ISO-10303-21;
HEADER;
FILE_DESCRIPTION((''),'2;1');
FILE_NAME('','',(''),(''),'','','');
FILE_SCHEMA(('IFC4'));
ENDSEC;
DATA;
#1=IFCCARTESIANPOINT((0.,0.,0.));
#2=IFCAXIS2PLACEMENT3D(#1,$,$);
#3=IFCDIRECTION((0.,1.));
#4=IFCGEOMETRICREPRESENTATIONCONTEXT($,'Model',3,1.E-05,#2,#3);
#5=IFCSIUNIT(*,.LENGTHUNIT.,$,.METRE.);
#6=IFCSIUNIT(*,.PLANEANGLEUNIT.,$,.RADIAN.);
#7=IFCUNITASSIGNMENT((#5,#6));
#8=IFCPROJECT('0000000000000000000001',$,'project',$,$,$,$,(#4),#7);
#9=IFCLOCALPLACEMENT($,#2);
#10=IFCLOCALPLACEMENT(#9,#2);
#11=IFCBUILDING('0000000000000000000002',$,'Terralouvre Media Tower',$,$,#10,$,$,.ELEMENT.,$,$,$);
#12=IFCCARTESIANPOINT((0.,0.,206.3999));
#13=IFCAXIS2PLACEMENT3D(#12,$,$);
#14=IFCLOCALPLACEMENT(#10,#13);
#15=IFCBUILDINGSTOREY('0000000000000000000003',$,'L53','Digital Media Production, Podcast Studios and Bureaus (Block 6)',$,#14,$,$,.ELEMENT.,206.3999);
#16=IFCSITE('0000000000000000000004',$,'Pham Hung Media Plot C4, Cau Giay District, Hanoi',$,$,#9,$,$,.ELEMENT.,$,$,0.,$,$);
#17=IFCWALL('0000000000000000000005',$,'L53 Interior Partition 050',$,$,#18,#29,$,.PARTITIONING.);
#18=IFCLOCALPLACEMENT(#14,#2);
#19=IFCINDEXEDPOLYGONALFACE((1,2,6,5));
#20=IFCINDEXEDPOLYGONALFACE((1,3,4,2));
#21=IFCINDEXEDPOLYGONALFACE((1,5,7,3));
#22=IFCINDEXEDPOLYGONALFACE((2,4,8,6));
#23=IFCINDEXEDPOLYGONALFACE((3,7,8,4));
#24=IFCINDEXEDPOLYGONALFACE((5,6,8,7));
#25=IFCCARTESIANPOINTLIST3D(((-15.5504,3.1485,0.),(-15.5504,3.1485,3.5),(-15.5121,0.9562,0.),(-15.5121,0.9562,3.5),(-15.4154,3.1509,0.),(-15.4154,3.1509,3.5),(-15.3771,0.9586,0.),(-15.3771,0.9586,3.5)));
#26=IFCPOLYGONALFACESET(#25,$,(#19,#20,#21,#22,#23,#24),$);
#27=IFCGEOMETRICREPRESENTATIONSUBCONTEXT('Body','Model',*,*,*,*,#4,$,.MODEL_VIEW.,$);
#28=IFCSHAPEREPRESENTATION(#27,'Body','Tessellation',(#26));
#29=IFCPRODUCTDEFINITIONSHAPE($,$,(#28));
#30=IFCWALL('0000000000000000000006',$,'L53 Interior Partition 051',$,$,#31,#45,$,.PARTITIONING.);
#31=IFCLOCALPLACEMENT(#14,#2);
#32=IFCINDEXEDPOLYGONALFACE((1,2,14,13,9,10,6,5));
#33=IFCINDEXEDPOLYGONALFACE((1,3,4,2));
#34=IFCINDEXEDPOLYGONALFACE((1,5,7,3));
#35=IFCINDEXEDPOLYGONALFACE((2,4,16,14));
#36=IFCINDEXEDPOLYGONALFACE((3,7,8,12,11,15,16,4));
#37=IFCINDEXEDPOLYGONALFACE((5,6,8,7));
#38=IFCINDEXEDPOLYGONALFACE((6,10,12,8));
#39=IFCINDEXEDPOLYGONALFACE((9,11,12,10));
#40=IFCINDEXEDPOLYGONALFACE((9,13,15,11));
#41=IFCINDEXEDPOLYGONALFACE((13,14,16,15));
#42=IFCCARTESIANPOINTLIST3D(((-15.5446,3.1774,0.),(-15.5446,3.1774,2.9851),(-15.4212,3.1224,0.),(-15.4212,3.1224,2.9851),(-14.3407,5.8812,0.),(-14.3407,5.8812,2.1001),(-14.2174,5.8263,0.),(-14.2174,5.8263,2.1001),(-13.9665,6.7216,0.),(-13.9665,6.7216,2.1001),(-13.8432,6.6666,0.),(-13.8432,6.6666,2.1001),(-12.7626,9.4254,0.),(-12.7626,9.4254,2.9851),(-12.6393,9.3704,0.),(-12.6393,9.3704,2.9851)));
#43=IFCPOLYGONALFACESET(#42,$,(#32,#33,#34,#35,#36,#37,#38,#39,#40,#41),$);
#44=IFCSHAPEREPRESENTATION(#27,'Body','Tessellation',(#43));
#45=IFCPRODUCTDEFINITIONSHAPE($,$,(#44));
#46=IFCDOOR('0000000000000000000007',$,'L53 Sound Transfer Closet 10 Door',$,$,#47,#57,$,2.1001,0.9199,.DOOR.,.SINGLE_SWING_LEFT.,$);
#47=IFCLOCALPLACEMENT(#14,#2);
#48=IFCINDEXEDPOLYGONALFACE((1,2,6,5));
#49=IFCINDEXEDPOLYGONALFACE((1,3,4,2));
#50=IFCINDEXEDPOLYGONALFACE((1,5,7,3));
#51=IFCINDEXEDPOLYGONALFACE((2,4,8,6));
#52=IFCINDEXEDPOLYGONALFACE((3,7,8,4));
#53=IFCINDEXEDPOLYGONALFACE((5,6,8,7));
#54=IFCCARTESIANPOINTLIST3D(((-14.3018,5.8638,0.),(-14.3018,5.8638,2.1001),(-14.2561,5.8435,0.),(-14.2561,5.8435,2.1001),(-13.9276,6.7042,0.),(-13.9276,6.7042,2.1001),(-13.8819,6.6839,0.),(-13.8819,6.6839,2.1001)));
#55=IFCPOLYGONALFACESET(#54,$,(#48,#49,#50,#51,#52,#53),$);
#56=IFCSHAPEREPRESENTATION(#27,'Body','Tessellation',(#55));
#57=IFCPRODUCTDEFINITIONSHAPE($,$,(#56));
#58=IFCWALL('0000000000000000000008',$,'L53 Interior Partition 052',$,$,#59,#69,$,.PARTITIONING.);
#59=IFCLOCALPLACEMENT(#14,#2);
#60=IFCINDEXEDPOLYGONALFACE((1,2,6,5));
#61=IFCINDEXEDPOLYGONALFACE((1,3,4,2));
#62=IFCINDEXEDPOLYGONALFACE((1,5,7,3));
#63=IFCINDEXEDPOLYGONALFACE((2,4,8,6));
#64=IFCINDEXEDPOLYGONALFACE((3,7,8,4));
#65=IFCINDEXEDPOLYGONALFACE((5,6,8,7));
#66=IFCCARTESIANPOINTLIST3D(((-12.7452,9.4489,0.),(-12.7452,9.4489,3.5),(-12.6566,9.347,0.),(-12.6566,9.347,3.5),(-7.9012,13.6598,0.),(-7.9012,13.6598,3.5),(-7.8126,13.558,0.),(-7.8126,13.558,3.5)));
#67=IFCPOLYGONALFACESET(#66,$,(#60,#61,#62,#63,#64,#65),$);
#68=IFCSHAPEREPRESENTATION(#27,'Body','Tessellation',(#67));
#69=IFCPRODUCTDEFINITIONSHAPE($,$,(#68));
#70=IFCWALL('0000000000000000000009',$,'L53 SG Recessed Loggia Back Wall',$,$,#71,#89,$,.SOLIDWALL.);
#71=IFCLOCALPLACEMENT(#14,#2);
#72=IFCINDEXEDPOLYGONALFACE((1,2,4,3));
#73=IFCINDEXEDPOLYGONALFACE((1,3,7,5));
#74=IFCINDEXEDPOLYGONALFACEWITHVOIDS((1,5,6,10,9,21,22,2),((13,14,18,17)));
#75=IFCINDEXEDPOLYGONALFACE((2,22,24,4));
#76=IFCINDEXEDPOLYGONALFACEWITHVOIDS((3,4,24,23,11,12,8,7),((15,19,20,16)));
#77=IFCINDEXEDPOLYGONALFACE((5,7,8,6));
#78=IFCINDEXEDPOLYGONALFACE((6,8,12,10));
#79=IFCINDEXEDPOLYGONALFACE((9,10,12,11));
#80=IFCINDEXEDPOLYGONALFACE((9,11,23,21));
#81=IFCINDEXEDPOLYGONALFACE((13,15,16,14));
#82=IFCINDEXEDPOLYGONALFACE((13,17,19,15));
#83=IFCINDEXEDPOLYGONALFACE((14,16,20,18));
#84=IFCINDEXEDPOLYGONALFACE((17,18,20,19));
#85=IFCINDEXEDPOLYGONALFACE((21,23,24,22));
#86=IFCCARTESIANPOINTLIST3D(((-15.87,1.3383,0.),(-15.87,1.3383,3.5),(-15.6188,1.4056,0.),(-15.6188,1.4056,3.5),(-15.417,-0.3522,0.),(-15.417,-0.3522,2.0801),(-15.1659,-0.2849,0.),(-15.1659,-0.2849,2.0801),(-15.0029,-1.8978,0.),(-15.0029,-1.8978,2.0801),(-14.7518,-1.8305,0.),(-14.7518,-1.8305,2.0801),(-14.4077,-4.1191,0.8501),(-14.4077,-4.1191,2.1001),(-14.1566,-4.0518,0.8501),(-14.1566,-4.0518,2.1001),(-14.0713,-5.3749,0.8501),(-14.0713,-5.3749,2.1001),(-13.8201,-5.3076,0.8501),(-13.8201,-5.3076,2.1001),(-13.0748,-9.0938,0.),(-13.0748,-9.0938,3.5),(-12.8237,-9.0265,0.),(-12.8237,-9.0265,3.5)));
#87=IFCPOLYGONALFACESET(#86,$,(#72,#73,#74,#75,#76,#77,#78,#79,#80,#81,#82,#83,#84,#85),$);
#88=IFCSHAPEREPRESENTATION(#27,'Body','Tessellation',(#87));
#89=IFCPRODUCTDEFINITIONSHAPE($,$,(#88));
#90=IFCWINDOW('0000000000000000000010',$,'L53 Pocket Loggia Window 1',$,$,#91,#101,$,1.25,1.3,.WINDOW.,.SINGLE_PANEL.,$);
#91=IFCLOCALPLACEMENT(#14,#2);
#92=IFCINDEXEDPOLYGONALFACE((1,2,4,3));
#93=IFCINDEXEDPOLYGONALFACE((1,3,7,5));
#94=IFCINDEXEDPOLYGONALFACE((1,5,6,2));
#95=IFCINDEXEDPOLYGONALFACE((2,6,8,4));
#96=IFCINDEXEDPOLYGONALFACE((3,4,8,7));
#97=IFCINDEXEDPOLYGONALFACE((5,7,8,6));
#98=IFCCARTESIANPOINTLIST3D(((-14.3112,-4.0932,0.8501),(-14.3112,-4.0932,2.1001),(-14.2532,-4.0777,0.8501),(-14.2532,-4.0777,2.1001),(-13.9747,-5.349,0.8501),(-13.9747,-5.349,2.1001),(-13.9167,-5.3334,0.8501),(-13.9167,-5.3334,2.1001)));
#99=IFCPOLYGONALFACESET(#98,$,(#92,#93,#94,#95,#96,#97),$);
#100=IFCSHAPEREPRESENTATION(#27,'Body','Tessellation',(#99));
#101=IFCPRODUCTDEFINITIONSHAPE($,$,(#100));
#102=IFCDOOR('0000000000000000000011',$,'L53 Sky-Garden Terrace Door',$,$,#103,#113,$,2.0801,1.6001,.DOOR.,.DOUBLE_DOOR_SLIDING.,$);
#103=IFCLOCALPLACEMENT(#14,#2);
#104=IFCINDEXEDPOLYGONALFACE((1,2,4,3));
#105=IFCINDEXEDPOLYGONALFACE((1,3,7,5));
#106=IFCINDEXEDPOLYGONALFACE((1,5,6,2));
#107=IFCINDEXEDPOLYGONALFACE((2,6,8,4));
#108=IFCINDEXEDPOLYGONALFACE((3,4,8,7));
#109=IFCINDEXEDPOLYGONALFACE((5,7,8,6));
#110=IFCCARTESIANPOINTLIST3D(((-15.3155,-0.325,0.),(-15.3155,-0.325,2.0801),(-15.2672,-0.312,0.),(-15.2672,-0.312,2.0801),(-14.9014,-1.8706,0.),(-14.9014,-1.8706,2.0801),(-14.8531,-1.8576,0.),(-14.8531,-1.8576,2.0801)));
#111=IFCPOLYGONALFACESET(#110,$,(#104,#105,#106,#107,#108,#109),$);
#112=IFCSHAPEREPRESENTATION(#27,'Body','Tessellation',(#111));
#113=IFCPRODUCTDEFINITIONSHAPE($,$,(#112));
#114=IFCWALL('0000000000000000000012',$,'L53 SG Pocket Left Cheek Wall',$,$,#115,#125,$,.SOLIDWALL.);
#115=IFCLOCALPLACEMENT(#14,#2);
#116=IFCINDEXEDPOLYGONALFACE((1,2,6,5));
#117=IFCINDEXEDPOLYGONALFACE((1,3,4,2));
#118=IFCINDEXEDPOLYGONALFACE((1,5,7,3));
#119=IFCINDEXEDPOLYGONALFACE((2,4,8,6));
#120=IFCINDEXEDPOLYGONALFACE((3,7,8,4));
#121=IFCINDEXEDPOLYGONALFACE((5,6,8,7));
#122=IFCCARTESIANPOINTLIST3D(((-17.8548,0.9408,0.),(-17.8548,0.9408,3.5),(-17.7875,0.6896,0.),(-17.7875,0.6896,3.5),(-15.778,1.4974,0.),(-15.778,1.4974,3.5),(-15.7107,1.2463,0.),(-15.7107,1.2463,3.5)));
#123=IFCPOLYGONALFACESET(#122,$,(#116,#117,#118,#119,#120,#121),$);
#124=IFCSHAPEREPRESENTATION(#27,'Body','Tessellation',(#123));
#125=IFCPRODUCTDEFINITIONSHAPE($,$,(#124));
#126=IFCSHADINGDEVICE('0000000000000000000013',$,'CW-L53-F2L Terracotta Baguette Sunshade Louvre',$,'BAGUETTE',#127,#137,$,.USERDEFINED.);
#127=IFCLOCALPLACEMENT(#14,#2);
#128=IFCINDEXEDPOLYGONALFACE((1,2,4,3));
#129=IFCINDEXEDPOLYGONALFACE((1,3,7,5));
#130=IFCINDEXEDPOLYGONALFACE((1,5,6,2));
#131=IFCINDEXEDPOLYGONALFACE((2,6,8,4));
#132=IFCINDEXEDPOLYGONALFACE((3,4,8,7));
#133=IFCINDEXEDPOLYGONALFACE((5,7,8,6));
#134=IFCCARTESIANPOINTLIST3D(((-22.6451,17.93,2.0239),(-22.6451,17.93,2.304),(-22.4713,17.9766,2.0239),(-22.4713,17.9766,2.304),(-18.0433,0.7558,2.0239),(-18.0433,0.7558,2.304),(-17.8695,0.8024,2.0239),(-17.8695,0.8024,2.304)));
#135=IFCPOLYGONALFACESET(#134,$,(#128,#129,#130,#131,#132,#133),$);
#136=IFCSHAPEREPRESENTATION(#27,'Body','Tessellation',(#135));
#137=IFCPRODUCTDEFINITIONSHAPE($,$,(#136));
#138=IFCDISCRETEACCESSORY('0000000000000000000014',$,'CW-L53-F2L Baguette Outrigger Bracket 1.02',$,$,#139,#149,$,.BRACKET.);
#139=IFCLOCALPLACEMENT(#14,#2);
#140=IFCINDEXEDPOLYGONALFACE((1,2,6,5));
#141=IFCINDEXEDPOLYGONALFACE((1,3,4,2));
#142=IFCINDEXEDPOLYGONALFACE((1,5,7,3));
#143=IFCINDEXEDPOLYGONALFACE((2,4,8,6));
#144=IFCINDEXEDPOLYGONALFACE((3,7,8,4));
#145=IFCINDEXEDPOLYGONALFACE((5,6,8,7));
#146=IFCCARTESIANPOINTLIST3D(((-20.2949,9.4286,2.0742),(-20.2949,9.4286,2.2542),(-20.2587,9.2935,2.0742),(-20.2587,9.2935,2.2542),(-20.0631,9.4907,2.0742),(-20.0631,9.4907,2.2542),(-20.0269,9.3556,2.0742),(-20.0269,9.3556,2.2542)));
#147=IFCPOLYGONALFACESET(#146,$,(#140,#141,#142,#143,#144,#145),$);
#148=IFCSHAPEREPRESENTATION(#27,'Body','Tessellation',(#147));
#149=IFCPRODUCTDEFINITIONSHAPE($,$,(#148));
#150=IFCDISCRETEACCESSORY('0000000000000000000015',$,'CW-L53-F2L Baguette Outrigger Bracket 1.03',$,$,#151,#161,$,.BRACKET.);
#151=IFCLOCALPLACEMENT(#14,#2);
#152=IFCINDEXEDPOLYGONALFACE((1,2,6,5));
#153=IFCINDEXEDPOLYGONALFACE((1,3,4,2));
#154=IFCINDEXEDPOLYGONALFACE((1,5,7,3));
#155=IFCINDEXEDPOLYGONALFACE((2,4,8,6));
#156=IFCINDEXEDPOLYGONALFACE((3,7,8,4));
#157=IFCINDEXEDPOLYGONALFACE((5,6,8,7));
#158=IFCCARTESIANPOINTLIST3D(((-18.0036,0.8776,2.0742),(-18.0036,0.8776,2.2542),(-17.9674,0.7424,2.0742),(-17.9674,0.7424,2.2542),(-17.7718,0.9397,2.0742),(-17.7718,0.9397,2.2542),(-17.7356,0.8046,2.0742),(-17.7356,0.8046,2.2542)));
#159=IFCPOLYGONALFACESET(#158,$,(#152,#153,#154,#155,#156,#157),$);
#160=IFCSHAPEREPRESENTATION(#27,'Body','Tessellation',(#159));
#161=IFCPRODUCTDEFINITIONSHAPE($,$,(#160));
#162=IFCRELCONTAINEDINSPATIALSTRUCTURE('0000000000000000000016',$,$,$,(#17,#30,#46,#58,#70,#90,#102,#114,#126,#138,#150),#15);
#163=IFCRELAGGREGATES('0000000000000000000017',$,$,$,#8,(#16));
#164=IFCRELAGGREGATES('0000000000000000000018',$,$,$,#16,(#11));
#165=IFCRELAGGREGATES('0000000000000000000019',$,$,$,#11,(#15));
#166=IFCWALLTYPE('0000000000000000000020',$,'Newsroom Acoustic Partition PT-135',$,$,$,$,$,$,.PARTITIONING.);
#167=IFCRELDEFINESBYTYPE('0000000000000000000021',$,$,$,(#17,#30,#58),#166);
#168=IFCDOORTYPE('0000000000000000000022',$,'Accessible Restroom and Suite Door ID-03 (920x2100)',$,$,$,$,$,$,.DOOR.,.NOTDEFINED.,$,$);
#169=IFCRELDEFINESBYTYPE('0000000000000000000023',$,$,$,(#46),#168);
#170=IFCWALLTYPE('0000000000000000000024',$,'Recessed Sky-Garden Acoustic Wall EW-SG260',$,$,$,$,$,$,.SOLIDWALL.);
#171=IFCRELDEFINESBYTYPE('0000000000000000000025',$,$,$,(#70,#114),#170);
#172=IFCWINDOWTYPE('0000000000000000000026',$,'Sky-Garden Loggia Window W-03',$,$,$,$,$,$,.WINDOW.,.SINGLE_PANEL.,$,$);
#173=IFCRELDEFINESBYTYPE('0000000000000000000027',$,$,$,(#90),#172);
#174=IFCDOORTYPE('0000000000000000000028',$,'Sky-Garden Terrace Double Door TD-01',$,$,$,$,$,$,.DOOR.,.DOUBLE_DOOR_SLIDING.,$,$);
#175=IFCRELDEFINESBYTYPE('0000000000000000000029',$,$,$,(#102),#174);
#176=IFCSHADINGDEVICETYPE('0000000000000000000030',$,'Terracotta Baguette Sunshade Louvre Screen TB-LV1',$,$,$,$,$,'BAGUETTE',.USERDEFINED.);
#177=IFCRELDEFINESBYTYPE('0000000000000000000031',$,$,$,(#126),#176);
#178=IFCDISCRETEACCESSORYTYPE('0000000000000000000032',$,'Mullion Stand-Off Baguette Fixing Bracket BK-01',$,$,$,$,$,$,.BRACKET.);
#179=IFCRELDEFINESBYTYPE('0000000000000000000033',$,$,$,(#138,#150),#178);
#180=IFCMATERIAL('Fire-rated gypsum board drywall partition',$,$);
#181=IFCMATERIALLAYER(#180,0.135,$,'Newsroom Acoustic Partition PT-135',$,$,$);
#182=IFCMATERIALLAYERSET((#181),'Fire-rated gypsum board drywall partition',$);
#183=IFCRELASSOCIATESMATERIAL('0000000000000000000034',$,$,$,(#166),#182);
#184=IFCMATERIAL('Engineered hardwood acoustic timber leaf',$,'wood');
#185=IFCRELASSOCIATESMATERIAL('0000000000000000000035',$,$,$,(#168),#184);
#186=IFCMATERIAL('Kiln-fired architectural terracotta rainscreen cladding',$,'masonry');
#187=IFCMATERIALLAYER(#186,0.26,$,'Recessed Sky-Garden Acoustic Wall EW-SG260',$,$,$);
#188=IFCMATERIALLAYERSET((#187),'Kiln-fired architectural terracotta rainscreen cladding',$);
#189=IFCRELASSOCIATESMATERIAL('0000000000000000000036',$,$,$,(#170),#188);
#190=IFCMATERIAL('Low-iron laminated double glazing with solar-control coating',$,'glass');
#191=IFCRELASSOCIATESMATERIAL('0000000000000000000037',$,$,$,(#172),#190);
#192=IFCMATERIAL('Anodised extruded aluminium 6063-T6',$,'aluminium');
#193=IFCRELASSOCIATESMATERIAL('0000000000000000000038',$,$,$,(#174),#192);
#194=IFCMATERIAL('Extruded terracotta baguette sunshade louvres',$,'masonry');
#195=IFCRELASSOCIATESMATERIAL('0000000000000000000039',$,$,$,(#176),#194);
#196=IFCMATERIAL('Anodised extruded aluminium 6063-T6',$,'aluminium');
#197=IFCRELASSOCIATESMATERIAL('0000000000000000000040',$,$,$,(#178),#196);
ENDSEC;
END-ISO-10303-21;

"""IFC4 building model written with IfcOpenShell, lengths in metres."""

from ifc_helpers import new_model, si_unit, direction, frame, frame_2d, origin, origin_2d, place, context, subcontext, project, spatial, rectangle, extrude, material, layer, layer_set, type_object, element, fill, save


model = new_model("IFC4")

# Units and contexts
model_context = context("Model", 3, precision=1e-05, world=origin(), true_north=direction((0.0, 1.0)))
body_context = subcontext(model_context, "Body", "Model", "MODEL_VIEW")
ifc_project = project(units=[si_unit("LENGTHUNIT", "METRE"), si_unit("PLANEANGLEUNIT", "RADIAN")], contexts=[model_context])

# Site, building, storey
site_placement = place(None, origin())
site = spatial("IfcSite", under=ifc_project, at=site_placement, Name="Pham Hung Media Plot C4, Cau Giay District, Hanoi", CompositionType="ELEMENT", RefElevation=0.0)
building_placement = place(site_placement, origin())
building = spatial("IfcBuilding", under=site, at=building_placement, Name="Terralouvre Media Tower", CompositionType="ELEMENT")
storey_placement = place(building_placement, frame((0.0, 0.0, 206.3999)))
storey = spatial("IfcBuildingStorey", under=building, at=storey_placement, Name="L53", Description="Digital Media Production, Podcast Studios and Bureaus (Block 6)", CompositionType="ELEMENT", Elevation=206.3999)

# Wall
ifc_material_1 = material(Name="Fire-rated gypsum board drywall partition")
ifc_layer_1 = layer(ifc_material_1, 0.135, Name="Newsroom Acoustic Partition PT-135")
ifc_layer_set_1 = layer_set([ifc_layer_1], Name="Fire-rated gypsum board drywall partition")
wall_type_1 = type_object("IfcWallType", Name="Newsroom Acoustic Partition PT-135", PredefinedType="PARTITIONING", material=ifc_layer_set_1)
wall_1_placement = place(storey_placement, frame((-15.4446, 0.9575, 0.0), z_axis=(0.0, 0.0, 1.0), x_axis=(-0.017481, 0.999847, 0.0)))
element("IfcWall", 1, at=wall_1_placement, inside=storey, type_object=wall_type_1, Name="L53 Interior Partition 050", PredefinedType="PARTITIONING", context=body_context, shape_type="SweptSolid", body=[
    extrude(rectangle(XDim=2.1926, YDim=0.135, at=frame_2d((1.0962, 0.0))), origin(), (0.0, 0.0, 1.0), 3.5),
])

# Wall, opening, door
wall_2_placement = place(storey_placement, frame((-15.4829, 3.1499, 0.0), z_axis=(0.0, 0.0, 1.0), x_axis=(0.406758, 0.913536, 0.0)))
wall_2 = element("IfcWall", 2, at=wall_2_placement, inside=storey, type_object=wall_type_1, Name="L53 Interior Partition 051", PredefinedType="PARTITIONING", context=body_context, shape_type="SweptSolid", body=[
    extrude(rectangle(XDim=6.8394, YDim=0.135, at=frame_2d((3.4197, 0.0))), origin(), (0.0, 0.0, 1.0), 2.9851),
])
opening_1_placement = place(wall_2_placement, frame((2.9597, 0.0, 0.0)))
opening_1 = element("IfcOpeningElement", 3, at=opening_1_placement, cuts=wall_2, PredefinedType="OPENING", context=body_context, shape_type="SweptSolid", body=[
    extrude(rectangle(XDim=0.9199, YDim=2.1001, at=frame_2d((0.46, 1.05))), frame((0.0, 0.0774, 0.0), z_axis=(0.0, -1.0, 0.0), x_axis=(1.0, 0.0, 0.0)), (0.0, 0.0, 1.0), 0.155),
])
ifc_material_2 = material(Name="Engineered hardwood acoustic timber leaf", Category="wood")
door_type_1 = type_object("IfcDoorType", Name="Accessible Restroom and Suite Door ID-03 (920x2100)", OperationType="NOTDEFINED", PredefinedType="DOOR", material=ifc_material_2)
door_1_placement = place(opening_1_placement, origin())
door_1 = element("IfcDoor", 4, at=door_1_placement, inside=storey, type_object=door_type_1, Name="L53 Sound Transfer Closet 10 Door", OperationType="SINGLE_SWING_LEFT", OverallHeight=2.1001, OverallWidth=0.9199, PredefinedType="DOOR", context=body_context, shape_type="SweptSolid", body=[
    extrude(rectangle(XDim=0.9199, YDim=2.1001, at=frame_2d((0.46, 1.05))), frame((0.0, 0.0249, 0.0), z_axis=(0.0, -1.0, 0.0), x_axis=(1.0, 0.0, 0.0)), (0.0, 0.0, 1.0), 0.05),
])
fill(opening_1, door_1)

# Wall
wall_3_placement = place(storey_placement, frame((-12.7009, 9.3979, 0.0), z_axis=(0.0, 0.0, 1.0), x_axis=(0.754701, 0.656069, 0.0)))
element("IfcWall", 5, at=wall_3_placement, inside=storey, type_object=wall_type_1, Name="L53 Interior Partition 052", PredefinedType="PARTITIONING", context=body_context, shape_type="SweptSolid", body=[
    extrude(rectangle(XDim=6.4185, YDim=0.135, at=frame_2d((3.2092, 0.0))), origin(), (0.0, 0.0, 1.0), 3.5),
])

# Wall, openings, window, door
ifc_material_3 = material(Name="Kiln-fired architectural terracotta rainscreen cladding", Category="masonry")
ifc_layer_2 = layer(ifc_material_3, 0.26, Name="Recessed Sky-Garden Acoustic Wall EW-SG260")
ifc_layer_set_2 = layer_set([ifc_layer_2], Name="Kiln-fired architectural terracotta rainscreen cladding")
wall_type_2 = type_object("IfcWallType", Name="Recessed Sky-Garden Acoustic Wall EW-SG260", PredefinedType="SOLIDWALL", material=ifc_layer_set_2)
wall_4_placement = place(storey_placement, frame((-15.7444, 1.3718, 0.0), z_axis=(0.0, 0.0, 1.0), x_axis=(0.258809, -0.965928, 0.0)))
wall_4 = element("IfcWall", 6, at=wall_4_placement, inside=storey, type_object=wall_type_2, Name="L53 SG Recessed Loggia Back Wall", PredefinedType="SOLIDWALL", context=body_context, shape_type="SweptSolid", body=[
    extrude(rectangle(XDim=10.8, YDim=0.26, at=frame_2d((5.3999, 0.0))), origin(), (0.0, 0.0, 1.0), 3.5),
])
opening_2_placement = place(wall_4_placement, frame((1.75, 0.0, 0.0)))
opening_2 = element("IfcOpeningElement", 7, at=opening_2_placement, cuts=wall_4, PredefinedType="OPENING", context=body_context, shape_type="SweptSolid", body=[
    extrude(rectangle(XDim=1.6001, YDim=2.0801, at=frame_2d((0.8, 1.04))), frame((0.0, 0.1399, 0.0), z_axis=(0.0, -1.0, 0.0), x_axis=(1.0, 0.0, 0.0)), (0.0, 0.0, 1.0), 0.28),
])
opening_3_placement = place(wall_4_placement, frame((5.6499, 0.0, 0.8501)))
opening_3 = element("IfcOpeningElement", 8, at=opening_3_placement, cuts=wall_4, PredefinedType="OPENING", context=body_context, shape_type="SweptSolid", body=[
    extrude(rectangle(XDim=1.3, YDim=1.25, at=frame_2d((0.6499, 0.625))), frame((0.0, 0.1399, 0.0), z_axis=(0.0, -1.0, 0.0), x_axis=(1.0, 0.0, 0.0)), (0.0, 0.0, 1.0), 0.28),
])
ifc_material_4 = material(Name="Low-iron laminated double glazing with solar-control coating", Category="glass")
window_type = type_object("IfcWindowType", Name="Sky-Garden Loggia Window W-03", PartitioningType="SINGLE_PANEL", PredefinedType="WINDOW", material=ifc_material_4)
window_placement = place(opening_3_placement, origin())
window = element("IfcWindow", 9, at=window_placement, inside=storey, type_object=window_type, Name="L53 Pocket Loggia Window 1", OverallHeight=1.25, OverallWidth=1.3, PartitioningType="SINGLE_PANEL", PredefinedType="WINDOW", context=body_context, shape_type="SweptSolid", body=[
    extrude(rectangle(XDim=1.3, YDim=1.25, at=frame_2d((0.6499, 0.625))), frame((0.0, 0.03, 0.0), z_axis=(0.0, -1.0, 0.0), x_axis=(1.0, 0.0, 0.0)), (0.0, 0.0, 1.0), 0.0601),
])
fill(opening_3, window)
ifc_material_5 = material(Name="Anodised extruded aluminium 6063-T6", Category="aluminium")
door_type_2 = type_object("IfcDoorType", Name="Sky-Garden Terrace Double Door TD-01", OperationType="DOUBLE_DOOR_SLIDING", PredefinedType="DOOR", material=ifc_material_5)
door_2_placement = place(opening_2_placement, frame((1.6001, 0.0, 0.0), z_axis=(0.0, 0.0, 1.0), x_axis=(-1.0, 0.0, 0.0)))
door_2 = element("IfcDoor", 10, at=door_2_placement, inside=storey, type_object=door_type_2, Name="L53 Sky-Garden Terrace Door", OperationType="DOUBLE_DOOR_SLIDING", OverallHeight=2.0801, OverallWidth=1.6001, PredefinedType="DOOR", context=body_context, shape_type="SweptSolid", body=[
    extrude(rectangle(XDim=1.6001, YDim=2.0801, at=frame_2d((0.8, 1.04))), frame((0.0, 0.0249, 0.0), z_axis=(0.0, -1.0, 0.0), x_axis=(1.0, 0.0, 0.0)), (0.0, 0.0, 1.0), 0.05),
])
fill(opening_2, door_2)

# Wall
wall_5_placement = place(storey_placement, frame((-17.8213, 0.8152, 0.0), z_axis=(0.0, 0.0, 1.0), x_axis=(0.96591, 0.258878, 0.0)))
element("IfcWall", 11, at=wall_5_placement, inside=storey, type_object=wall_type_2, Name="L53 SG Pocket Left Cheek Wall", PredefinedType="SOLIDWALL", context=body_context, shape_type="SweptSolid", body=[
    extrude(rectangle(XDim=2.1501, YDim=0.26, at=frame_2d((1.0752, 0.0))), origin(), (0.0, 0.0, 1.0), 3.5),
])

# Shading device
ifc_material_6 = material(Name="Extruded terracotta baguette sunshade louvres", Category="masonry")
shading_device_type = type_object("IfcShadingDeviceType", Name="Terracotta Baguette Sunshade Louvre Screen TB-LV1", ElementType="BAGUETTE", PredefinedType="USERDEFINED", material=ifc_material_6)
shading_device_placement = place(storey_placement, frame((-20.2573, 9.3662, 2.0239), z_axis=(0.0, 0.0, 1.0), x_axis=(0.258819, -0.965926, 0.0)))
element("IfcShadingDevice", 12, at=shading_device_placement, inside=storey, type_object=shading_device_type, Name="CW-L53-F2L Terracotta Baguette Sunshade Louvre", ObjectType="BAGUETTE", PredefinedType="USERDEFINED", context=body_context, shape_type="SweptSolid", body=[
    extrude(rectangle(XDim=17.78, YDim=0.1799, at=origin_2d()), origin(), (0.0, 0.0, 1.0), 0.28),
])

# Discrete accessories
ifc_material_7 = material(Name="Anodised extruded aluminium 6063-T6", Category="aluminium")
discrete_accessory_type = type_object("IfcDiscreteAccessoryType", Name="Mullion Stand-Off Baguette Fixing Bracket BK-01", PredefinedType="BRACKET", material=ifc_material_7)
for number, where, z_axis, x_axis, name in (
    (13, (-20.1609, 9.3921, 2.0742), (0.0, 0.0, 1.0), (0.258819, -0.965926, 0.0), "CW-L53-F2L Baguette Outrigger Bracket 1.02"),
    (14, (-17.8696, 0.8411, 2.0742), (0.0, 0.0, 1.0), (0.258819, -0.965926, 0.0), "CW-L53-F2L Baguette Outrigger Bracket 1.03"),
):
    element("IfcDiscreteAccessory", number, at=place(storey_placement, frame(where, z_axis=z_axis, x_axis=x_axis)), inside=storey, type_object=discrete_accessory_type, Name=name, PredefinedType="BRACKET", context=body_context, shape_type="SweptSolid", body=[
        extrude(rectangle(XDim=0.1399, YDim=0.24, at=origin_2d()), origin(), (0.0, 0.0, 1.0), 0.1799),
    ])

save(model, "model.ifc")
